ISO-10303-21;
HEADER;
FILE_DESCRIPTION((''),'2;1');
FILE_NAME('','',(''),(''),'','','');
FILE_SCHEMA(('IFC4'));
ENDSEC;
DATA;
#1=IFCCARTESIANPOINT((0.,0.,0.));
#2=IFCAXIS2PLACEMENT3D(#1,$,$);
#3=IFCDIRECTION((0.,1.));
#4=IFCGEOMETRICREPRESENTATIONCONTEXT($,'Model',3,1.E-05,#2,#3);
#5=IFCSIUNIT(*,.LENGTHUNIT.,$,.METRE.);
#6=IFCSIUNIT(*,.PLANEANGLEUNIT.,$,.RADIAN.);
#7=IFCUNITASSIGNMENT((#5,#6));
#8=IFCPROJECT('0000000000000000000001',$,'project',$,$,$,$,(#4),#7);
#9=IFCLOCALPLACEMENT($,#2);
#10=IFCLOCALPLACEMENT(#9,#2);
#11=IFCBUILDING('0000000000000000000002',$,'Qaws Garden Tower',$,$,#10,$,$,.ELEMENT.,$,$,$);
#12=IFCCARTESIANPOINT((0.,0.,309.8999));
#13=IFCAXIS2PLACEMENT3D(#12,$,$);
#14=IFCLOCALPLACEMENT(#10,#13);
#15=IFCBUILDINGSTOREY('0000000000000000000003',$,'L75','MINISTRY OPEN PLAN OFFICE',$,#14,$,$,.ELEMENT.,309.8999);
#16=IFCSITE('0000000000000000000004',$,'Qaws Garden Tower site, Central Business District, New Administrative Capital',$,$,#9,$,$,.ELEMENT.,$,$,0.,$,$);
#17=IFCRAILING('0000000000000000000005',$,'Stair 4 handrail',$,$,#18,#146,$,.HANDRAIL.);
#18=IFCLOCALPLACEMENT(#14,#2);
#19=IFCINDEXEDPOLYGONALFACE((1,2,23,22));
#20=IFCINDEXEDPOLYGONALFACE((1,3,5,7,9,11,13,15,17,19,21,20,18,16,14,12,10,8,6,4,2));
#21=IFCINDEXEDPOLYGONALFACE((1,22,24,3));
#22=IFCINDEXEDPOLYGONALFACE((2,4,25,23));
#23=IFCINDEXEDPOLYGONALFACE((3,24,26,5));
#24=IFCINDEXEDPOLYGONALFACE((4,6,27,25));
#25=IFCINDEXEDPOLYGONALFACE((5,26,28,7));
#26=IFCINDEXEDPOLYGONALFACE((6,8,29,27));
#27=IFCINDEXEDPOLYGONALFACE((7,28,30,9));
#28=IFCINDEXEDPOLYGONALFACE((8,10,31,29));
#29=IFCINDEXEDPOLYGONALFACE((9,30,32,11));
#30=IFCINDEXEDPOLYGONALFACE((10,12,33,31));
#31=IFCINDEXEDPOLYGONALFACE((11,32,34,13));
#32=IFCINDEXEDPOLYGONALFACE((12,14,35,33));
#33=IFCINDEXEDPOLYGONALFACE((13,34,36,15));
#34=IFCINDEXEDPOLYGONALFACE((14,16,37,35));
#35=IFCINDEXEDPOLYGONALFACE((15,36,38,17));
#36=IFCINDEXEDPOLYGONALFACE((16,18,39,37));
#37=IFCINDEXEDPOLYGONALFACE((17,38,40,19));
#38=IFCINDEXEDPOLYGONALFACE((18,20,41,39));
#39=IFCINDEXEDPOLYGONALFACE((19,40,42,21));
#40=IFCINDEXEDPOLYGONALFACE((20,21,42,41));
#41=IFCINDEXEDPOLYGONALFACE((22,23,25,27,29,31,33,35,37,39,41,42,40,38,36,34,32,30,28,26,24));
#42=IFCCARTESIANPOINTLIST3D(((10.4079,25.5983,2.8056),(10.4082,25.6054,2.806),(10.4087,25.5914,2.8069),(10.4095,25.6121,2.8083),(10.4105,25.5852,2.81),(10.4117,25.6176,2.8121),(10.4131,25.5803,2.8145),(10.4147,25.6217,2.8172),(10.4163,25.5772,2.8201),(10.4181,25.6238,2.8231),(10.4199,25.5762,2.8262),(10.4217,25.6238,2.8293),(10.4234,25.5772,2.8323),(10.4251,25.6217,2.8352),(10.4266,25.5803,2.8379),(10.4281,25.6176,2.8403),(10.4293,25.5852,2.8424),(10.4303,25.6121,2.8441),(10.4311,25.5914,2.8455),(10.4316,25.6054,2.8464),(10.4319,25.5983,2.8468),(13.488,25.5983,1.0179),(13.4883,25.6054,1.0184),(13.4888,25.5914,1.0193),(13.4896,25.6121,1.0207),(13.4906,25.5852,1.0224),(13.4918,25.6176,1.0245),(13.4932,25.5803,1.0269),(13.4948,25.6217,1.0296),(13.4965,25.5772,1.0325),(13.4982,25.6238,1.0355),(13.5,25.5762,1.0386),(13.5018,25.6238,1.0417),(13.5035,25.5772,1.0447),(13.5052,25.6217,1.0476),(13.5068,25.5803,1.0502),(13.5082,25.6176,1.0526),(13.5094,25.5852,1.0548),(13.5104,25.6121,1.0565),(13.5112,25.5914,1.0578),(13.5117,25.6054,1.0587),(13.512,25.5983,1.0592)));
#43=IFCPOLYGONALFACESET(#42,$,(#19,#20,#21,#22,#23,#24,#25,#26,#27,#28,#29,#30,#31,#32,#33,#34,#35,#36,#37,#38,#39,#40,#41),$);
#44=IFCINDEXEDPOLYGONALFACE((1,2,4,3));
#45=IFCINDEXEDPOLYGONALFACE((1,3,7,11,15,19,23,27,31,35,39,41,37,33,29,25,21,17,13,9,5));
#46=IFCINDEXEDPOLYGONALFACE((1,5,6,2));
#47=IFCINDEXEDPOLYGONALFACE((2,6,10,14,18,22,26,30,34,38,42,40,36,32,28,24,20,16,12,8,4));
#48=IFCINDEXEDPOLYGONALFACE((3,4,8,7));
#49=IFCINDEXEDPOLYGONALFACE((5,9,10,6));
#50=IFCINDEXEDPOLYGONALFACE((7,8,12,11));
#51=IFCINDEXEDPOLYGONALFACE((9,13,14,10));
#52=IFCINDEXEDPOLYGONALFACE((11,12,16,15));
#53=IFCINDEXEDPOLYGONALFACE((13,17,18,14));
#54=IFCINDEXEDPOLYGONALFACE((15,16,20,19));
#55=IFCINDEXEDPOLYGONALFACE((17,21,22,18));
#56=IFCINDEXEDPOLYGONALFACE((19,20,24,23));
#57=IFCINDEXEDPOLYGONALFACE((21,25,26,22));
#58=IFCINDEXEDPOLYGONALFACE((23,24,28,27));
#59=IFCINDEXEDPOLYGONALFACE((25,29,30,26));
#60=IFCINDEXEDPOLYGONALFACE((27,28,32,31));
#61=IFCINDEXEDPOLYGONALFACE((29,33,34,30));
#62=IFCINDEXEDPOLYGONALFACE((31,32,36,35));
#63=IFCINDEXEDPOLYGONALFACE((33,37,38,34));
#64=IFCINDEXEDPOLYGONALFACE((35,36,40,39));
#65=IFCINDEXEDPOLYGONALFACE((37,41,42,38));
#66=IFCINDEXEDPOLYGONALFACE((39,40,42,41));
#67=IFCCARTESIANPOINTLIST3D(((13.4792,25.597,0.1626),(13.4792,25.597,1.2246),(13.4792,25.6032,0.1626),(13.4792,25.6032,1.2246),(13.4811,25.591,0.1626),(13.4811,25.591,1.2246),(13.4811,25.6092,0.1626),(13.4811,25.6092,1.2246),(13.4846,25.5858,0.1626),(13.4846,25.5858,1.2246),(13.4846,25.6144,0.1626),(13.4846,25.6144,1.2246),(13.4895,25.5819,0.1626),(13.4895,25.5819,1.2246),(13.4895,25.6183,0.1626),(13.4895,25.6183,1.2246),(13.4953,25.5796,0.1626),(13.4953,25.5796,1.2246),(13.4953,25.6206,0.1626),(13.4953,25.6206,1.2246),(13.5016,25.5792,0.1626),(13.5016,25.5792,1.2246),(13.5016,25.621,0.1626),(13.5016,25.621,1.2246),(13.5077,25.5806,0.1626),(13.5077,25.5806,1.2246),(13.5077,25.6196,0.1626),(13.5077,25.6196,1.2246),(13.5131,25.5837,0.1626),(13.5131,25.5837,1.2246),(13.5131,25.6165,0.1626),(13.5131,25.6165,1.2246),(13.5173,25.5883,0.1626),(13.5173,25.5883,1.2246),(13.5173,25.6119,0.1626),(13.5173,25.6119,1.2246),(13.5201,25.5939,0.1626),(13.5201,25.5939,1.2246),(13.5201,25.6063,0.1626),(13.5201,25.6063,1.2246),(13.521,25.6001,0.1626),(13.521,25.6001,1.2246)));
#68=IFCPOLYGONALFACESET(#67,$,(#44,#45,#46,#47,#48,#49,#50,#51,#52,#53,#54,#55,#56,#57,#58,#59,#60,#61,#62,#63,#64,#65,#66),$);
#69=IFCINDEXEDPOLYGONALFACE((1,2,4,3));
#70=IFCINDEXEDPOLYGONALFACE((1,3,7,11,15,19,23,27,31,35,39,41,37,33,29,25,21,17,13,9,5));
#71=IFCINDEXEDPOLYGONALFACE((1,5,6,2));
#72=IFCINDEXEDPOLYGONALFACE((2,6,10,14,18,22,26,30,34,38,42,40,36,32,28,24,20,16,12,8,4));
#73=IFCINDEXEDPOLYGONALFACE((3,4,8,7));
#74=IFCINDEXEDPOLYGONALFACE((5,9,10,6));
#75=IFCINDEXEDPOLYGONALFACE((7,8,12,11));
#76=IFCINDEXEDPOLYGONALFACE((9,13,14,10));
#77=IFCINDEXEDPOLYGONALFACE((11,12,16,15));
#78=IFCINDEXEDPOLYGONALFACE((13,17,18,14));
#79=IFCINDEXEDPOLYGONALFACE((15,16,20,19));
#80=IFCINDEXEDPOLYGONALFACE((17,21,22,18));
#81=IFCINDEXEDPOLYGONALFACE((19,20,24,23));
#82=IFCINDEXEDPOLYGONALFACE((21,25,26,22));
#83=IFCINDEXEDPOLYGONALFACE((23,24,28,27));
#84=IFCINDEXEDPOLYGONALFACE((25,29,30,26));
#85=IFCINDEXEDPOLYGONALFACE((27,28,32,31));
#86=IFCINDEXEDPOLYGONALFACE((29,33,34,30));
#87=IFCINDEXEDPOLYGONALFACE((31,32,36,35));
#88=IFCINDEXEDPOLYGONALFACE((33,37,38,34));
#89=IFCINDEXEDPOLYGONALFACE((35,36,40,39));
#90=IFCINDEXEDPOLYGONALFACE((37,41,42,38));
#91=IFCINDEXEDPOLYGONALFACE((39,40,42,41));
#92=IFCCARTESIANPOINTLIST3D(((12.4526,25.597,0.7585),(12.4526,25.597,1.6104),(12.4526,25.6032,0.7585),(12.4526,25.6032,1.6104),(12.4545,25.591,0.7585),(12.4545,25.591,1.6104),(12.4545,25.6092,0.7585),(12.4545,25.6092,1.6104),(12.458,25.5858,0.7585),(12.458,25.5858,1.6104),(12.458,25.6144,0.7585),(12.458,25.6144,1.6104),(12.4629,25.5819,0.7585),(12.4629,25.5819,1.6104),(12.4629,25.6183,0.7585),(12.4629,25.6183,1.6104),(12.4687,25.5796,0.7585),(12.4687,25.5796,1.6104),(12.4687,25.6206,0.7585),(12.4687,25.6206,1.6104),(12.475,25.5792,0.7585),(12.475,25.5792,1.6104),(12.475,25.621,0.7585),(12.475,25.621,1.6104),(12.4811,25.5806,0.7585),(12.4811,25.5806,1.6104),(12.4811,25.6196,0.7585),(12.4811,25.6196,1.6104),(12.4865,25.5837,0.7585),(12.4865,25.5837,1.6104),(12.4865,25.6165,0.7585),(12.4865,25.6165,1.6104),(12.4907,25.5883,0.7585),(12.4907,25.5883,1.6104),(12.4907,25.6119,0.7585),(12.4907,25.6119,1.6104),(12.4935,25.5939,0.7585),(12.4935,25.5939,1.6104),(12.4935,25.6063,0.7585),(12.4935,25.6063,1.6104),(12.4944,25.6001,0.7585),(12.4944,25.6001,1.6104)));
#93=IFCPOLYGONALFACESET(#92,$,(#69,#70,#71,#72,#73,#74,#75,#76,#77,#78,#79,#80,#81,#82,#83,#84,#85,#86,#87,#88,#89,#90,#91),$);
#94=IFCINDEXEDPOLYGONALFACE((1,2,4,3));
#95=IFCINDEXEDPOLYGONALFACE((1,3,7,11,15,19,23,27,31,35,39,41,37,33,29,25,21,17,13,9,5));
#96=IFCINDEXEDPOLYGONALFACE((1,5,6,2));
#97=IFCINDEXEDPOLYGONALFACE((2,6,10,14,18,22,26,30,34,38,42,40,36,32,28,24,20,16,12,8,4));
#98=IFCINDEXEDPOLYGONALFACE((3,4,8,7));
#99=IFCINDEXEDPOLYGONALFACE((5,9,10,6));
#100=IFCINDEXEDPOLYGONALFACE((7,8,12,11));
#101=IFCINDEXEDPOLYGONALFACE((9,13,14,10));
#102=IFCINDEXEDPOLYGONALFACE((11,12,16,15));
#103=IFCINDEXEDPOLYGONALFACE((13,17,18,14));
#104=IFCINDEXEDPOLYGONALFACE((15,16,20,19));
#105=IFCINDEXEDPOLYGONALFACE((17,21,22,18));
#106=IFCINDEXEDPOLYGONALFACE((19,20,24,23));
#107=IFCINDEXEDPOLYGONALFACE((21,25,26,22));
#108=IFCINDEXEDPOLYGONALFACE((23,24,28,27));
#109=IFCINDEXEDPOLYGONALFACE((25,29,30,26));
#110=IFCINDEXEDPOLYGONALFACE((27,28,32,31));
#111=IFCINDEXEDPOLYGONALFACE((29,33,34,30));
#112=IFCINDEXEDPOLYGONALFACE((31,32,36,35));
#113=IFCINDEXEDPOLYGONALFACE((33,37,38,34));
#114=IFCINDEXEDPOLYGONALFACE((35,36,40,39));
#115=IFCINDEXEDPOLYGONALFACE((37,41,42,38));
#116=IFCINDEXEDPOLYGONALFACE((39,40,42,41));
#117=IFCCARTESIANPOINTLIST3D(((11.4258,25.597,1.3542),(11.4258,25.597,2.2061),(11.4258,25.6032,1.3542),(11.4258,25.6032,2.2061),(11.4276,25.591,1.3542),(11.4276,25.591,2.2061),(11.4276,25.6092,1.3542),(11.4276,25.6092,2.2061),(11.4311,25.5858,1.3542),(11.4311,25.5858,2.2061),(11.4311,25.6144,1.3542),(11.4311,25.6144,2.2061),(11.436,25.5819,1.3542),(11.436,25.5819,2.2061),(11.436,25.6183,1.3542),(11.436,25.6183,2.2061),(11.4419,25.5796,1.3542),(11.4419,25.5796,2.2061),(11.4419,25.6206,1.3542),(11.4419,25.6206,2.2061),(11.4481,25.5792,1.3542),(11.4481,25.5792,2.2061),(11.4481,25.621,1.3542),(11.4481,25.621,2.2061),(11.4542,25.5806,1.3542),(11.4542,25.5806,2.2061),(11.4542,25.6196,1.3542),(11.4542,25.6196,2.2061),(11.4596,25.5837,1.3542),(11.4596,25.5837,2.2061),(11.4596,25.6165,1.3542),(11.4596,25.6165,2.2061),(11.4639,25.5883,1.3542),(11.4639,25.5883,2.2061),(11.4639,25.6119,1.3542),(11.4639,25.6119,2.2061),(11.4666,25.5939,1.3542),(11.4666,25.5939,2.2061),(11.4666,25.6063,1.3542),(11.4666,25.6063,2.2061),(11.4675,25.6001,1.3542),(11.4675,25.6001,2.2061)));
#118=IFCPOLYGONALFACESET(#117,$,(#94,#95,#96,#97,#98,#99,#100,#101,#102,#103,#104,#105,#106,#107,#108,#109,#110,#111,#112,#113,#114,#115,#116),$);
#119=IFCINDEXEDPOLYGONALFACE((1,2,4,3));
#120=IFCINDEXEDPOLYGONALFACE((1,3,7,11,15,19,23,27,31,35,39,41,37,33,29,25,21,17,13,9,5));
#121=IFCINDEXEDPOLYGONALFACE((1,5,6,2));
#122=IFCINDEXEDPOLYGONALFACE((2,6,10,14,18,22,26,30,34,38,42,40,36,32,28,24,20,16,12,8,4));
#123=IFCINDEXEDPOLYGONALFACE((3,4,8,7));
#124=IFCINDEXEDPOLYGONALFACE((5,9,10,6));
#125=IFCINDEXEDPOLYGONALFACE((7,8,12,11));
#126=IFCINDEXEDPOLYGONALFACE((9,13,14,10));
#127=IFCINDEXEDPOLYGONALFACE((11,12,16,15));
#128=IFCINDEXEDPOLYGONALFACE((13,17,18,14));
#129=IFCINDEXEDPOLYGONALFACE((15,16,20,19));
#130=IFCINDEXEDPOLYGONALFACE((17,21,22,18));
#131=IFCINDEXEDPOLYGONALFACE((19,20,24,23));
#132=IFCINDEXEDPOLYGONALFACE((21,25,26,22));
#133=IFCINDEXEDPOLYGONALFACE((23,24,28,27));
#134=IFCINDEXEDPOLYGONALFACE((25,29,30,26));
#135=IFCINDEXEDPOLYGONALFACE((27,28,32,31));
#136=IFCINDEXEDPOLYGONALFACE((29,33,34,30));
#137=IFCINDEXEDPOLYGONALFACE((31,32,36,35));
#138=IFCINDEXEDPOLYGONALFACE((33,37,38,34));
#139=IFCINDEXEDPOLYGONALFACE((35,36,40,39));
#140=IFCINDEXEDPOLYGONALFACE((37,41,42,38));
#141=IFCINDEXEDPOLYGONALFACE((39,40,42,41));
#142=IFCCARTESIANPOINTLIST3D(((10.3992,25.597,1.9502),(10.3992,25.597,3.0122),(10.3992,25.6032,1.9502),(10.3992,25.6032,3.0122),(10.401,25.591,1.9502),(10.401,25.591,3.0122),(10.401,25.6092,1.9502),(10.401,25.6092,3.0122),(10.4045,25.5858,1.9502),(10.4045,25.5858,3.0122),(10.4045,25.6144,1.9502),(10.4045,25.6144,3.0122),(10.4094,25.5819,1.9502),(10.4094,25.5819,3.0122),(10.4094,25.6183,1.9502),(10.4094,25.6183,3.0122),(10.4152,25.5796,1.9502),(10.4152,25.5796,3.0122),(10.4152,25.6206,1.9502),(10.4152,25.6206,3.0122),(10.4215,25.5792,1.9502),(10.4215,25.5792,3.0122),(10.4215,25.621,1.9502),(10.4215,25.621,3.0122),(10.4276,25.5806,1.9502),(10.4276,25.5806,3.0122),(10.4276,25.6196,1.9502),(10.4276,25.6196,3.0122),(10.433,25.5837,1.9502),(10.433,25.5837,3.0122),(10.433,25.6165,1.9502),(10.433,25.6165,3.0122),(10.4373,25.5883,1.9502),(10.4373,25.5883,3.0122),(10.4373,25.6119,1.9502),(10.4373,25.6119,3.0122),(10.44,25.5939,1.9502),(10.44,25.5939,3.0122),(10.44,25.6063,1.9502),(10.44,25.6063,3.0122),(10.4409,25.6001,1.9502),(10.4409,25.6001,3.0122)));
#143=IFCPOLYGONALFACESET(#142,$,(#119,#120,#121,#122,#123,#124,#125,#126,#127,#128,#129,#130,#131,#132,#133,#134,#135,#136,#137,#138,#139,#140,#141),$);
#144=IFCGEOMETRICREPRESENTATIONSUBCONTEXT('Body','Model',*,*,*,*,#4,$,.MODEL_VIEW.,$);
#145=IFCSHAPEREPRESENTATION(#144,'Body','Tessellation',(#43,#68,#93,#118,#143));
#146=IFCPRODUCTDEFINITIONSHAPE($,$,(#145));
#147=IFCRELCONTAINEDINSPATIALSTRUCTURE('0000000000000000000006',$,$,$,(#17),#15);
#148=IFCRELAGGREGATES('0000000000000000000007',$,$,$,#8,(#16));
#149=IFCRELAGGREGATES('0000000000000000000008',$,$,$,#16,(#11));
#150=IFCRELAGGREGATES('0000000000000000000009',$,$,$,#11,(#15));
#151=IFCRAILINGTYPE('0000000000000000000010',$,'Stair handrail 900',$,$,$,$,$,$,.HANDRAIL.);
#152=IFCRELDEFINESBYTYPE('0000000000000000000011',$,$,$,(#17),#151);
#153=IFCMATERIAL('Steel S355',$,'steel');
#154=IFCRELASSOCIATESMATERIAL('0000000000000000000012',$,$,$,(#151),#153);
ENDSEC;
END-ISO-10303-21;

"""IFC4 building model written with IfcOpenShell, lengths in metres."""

from ifc_helpers import new_model, si_unit, direction, frame, origin, origin_2d, place, context, subcontext, project, spatial, circle, extrude, material, type_object, element, save


model = new_model("IFC4")

# Units and contexts
model_context = context("Model", 3, precision=1e-05, world=origin(), true_north=direction((0.0, 1.0)))
body_context = subcontext(model_context, "Body", "Model", "MODEL_VIEW")
ifc_project = project(units=[si_unit("LENGTHUNIT", "METRE"), si_unit("PLANEANGLEUNIT", "RADIAN")], contexts=[model_context])

# Site, building, storey
site_placement = place(None, origin())
site = spatial("IfcSite", under=ifc_project, at=site_placement, Name="Qaws Garden Tower site, Central Business District, New Administrative Capital", CompositionType="ELEMENT", RefElevation=0.0)
building_placement = place(site_placement, origin())
building = spatial("IfcBuilding", under=site, at=building_placement, Name="Qaws Garden Tower", CompositionType="ELEMENT")
storey_placement = place(building_placement, frame((0.0, 0.0, 309.8999)))
storey = spatial("IfcBuildingStorey", under=building, at=storey_placement, Name="L75", Description="MINISTRY OPEN PLAN OFFICE", CompositionType="ELEMENT", Elevation=309.8999)

# Railing
ifc_material_1 = material(Name="Steel S355", Category="steel")
railing_type = type_object("IfcRailingType", Name="Stair handrail 900", PredefinedType="HANDRAIL", material=ifc_material_1)
railing_1_placement = place(storey_placement, frame((13.5, 25.6001, 0.1626)))
element("IfcRailing", 1, at=railing_1_placement, inside=storey, type_object=railing_type, Name="Stair 4 handrail", PredefinedType="HANDRAIL", context=body_context, shape_type="SweptSolid", body=[
    extrude(circle(Radius=0.0239, at=origin_2d()), frame((0.0, 0.0, 0.876), z_axis=(-0.864891, 0.0, 0.50196), x_axis=(0.0, -1.0, 0.0)), (0.0, 0.0, 1.0), 3.5613),
    extrude(circle(Radius=0.021, at=origin_2d()), origin(), (0.0, 0.0, 1.0), 1.062),
    extrude(circle(Radius=0.021, at=origin_2d()), frame((-1.0266, 0.0, 0.5959)), (0.0, 0.0, 1.0), 0.8518),
    extrude(circle(Radius=0.021, at=origin_2d()), frame((-2.0535, 0.0, 1.1917)), (0.0, 0.0, 1.0), 0.8518),
    extrude(circle(Radius=0.021, at=origin_2d()), frame((-3.0801, 0.0, 1.7876)), (0.0, 0.0, 1.0), 1.062),
])

save(model, "model.ifc")
